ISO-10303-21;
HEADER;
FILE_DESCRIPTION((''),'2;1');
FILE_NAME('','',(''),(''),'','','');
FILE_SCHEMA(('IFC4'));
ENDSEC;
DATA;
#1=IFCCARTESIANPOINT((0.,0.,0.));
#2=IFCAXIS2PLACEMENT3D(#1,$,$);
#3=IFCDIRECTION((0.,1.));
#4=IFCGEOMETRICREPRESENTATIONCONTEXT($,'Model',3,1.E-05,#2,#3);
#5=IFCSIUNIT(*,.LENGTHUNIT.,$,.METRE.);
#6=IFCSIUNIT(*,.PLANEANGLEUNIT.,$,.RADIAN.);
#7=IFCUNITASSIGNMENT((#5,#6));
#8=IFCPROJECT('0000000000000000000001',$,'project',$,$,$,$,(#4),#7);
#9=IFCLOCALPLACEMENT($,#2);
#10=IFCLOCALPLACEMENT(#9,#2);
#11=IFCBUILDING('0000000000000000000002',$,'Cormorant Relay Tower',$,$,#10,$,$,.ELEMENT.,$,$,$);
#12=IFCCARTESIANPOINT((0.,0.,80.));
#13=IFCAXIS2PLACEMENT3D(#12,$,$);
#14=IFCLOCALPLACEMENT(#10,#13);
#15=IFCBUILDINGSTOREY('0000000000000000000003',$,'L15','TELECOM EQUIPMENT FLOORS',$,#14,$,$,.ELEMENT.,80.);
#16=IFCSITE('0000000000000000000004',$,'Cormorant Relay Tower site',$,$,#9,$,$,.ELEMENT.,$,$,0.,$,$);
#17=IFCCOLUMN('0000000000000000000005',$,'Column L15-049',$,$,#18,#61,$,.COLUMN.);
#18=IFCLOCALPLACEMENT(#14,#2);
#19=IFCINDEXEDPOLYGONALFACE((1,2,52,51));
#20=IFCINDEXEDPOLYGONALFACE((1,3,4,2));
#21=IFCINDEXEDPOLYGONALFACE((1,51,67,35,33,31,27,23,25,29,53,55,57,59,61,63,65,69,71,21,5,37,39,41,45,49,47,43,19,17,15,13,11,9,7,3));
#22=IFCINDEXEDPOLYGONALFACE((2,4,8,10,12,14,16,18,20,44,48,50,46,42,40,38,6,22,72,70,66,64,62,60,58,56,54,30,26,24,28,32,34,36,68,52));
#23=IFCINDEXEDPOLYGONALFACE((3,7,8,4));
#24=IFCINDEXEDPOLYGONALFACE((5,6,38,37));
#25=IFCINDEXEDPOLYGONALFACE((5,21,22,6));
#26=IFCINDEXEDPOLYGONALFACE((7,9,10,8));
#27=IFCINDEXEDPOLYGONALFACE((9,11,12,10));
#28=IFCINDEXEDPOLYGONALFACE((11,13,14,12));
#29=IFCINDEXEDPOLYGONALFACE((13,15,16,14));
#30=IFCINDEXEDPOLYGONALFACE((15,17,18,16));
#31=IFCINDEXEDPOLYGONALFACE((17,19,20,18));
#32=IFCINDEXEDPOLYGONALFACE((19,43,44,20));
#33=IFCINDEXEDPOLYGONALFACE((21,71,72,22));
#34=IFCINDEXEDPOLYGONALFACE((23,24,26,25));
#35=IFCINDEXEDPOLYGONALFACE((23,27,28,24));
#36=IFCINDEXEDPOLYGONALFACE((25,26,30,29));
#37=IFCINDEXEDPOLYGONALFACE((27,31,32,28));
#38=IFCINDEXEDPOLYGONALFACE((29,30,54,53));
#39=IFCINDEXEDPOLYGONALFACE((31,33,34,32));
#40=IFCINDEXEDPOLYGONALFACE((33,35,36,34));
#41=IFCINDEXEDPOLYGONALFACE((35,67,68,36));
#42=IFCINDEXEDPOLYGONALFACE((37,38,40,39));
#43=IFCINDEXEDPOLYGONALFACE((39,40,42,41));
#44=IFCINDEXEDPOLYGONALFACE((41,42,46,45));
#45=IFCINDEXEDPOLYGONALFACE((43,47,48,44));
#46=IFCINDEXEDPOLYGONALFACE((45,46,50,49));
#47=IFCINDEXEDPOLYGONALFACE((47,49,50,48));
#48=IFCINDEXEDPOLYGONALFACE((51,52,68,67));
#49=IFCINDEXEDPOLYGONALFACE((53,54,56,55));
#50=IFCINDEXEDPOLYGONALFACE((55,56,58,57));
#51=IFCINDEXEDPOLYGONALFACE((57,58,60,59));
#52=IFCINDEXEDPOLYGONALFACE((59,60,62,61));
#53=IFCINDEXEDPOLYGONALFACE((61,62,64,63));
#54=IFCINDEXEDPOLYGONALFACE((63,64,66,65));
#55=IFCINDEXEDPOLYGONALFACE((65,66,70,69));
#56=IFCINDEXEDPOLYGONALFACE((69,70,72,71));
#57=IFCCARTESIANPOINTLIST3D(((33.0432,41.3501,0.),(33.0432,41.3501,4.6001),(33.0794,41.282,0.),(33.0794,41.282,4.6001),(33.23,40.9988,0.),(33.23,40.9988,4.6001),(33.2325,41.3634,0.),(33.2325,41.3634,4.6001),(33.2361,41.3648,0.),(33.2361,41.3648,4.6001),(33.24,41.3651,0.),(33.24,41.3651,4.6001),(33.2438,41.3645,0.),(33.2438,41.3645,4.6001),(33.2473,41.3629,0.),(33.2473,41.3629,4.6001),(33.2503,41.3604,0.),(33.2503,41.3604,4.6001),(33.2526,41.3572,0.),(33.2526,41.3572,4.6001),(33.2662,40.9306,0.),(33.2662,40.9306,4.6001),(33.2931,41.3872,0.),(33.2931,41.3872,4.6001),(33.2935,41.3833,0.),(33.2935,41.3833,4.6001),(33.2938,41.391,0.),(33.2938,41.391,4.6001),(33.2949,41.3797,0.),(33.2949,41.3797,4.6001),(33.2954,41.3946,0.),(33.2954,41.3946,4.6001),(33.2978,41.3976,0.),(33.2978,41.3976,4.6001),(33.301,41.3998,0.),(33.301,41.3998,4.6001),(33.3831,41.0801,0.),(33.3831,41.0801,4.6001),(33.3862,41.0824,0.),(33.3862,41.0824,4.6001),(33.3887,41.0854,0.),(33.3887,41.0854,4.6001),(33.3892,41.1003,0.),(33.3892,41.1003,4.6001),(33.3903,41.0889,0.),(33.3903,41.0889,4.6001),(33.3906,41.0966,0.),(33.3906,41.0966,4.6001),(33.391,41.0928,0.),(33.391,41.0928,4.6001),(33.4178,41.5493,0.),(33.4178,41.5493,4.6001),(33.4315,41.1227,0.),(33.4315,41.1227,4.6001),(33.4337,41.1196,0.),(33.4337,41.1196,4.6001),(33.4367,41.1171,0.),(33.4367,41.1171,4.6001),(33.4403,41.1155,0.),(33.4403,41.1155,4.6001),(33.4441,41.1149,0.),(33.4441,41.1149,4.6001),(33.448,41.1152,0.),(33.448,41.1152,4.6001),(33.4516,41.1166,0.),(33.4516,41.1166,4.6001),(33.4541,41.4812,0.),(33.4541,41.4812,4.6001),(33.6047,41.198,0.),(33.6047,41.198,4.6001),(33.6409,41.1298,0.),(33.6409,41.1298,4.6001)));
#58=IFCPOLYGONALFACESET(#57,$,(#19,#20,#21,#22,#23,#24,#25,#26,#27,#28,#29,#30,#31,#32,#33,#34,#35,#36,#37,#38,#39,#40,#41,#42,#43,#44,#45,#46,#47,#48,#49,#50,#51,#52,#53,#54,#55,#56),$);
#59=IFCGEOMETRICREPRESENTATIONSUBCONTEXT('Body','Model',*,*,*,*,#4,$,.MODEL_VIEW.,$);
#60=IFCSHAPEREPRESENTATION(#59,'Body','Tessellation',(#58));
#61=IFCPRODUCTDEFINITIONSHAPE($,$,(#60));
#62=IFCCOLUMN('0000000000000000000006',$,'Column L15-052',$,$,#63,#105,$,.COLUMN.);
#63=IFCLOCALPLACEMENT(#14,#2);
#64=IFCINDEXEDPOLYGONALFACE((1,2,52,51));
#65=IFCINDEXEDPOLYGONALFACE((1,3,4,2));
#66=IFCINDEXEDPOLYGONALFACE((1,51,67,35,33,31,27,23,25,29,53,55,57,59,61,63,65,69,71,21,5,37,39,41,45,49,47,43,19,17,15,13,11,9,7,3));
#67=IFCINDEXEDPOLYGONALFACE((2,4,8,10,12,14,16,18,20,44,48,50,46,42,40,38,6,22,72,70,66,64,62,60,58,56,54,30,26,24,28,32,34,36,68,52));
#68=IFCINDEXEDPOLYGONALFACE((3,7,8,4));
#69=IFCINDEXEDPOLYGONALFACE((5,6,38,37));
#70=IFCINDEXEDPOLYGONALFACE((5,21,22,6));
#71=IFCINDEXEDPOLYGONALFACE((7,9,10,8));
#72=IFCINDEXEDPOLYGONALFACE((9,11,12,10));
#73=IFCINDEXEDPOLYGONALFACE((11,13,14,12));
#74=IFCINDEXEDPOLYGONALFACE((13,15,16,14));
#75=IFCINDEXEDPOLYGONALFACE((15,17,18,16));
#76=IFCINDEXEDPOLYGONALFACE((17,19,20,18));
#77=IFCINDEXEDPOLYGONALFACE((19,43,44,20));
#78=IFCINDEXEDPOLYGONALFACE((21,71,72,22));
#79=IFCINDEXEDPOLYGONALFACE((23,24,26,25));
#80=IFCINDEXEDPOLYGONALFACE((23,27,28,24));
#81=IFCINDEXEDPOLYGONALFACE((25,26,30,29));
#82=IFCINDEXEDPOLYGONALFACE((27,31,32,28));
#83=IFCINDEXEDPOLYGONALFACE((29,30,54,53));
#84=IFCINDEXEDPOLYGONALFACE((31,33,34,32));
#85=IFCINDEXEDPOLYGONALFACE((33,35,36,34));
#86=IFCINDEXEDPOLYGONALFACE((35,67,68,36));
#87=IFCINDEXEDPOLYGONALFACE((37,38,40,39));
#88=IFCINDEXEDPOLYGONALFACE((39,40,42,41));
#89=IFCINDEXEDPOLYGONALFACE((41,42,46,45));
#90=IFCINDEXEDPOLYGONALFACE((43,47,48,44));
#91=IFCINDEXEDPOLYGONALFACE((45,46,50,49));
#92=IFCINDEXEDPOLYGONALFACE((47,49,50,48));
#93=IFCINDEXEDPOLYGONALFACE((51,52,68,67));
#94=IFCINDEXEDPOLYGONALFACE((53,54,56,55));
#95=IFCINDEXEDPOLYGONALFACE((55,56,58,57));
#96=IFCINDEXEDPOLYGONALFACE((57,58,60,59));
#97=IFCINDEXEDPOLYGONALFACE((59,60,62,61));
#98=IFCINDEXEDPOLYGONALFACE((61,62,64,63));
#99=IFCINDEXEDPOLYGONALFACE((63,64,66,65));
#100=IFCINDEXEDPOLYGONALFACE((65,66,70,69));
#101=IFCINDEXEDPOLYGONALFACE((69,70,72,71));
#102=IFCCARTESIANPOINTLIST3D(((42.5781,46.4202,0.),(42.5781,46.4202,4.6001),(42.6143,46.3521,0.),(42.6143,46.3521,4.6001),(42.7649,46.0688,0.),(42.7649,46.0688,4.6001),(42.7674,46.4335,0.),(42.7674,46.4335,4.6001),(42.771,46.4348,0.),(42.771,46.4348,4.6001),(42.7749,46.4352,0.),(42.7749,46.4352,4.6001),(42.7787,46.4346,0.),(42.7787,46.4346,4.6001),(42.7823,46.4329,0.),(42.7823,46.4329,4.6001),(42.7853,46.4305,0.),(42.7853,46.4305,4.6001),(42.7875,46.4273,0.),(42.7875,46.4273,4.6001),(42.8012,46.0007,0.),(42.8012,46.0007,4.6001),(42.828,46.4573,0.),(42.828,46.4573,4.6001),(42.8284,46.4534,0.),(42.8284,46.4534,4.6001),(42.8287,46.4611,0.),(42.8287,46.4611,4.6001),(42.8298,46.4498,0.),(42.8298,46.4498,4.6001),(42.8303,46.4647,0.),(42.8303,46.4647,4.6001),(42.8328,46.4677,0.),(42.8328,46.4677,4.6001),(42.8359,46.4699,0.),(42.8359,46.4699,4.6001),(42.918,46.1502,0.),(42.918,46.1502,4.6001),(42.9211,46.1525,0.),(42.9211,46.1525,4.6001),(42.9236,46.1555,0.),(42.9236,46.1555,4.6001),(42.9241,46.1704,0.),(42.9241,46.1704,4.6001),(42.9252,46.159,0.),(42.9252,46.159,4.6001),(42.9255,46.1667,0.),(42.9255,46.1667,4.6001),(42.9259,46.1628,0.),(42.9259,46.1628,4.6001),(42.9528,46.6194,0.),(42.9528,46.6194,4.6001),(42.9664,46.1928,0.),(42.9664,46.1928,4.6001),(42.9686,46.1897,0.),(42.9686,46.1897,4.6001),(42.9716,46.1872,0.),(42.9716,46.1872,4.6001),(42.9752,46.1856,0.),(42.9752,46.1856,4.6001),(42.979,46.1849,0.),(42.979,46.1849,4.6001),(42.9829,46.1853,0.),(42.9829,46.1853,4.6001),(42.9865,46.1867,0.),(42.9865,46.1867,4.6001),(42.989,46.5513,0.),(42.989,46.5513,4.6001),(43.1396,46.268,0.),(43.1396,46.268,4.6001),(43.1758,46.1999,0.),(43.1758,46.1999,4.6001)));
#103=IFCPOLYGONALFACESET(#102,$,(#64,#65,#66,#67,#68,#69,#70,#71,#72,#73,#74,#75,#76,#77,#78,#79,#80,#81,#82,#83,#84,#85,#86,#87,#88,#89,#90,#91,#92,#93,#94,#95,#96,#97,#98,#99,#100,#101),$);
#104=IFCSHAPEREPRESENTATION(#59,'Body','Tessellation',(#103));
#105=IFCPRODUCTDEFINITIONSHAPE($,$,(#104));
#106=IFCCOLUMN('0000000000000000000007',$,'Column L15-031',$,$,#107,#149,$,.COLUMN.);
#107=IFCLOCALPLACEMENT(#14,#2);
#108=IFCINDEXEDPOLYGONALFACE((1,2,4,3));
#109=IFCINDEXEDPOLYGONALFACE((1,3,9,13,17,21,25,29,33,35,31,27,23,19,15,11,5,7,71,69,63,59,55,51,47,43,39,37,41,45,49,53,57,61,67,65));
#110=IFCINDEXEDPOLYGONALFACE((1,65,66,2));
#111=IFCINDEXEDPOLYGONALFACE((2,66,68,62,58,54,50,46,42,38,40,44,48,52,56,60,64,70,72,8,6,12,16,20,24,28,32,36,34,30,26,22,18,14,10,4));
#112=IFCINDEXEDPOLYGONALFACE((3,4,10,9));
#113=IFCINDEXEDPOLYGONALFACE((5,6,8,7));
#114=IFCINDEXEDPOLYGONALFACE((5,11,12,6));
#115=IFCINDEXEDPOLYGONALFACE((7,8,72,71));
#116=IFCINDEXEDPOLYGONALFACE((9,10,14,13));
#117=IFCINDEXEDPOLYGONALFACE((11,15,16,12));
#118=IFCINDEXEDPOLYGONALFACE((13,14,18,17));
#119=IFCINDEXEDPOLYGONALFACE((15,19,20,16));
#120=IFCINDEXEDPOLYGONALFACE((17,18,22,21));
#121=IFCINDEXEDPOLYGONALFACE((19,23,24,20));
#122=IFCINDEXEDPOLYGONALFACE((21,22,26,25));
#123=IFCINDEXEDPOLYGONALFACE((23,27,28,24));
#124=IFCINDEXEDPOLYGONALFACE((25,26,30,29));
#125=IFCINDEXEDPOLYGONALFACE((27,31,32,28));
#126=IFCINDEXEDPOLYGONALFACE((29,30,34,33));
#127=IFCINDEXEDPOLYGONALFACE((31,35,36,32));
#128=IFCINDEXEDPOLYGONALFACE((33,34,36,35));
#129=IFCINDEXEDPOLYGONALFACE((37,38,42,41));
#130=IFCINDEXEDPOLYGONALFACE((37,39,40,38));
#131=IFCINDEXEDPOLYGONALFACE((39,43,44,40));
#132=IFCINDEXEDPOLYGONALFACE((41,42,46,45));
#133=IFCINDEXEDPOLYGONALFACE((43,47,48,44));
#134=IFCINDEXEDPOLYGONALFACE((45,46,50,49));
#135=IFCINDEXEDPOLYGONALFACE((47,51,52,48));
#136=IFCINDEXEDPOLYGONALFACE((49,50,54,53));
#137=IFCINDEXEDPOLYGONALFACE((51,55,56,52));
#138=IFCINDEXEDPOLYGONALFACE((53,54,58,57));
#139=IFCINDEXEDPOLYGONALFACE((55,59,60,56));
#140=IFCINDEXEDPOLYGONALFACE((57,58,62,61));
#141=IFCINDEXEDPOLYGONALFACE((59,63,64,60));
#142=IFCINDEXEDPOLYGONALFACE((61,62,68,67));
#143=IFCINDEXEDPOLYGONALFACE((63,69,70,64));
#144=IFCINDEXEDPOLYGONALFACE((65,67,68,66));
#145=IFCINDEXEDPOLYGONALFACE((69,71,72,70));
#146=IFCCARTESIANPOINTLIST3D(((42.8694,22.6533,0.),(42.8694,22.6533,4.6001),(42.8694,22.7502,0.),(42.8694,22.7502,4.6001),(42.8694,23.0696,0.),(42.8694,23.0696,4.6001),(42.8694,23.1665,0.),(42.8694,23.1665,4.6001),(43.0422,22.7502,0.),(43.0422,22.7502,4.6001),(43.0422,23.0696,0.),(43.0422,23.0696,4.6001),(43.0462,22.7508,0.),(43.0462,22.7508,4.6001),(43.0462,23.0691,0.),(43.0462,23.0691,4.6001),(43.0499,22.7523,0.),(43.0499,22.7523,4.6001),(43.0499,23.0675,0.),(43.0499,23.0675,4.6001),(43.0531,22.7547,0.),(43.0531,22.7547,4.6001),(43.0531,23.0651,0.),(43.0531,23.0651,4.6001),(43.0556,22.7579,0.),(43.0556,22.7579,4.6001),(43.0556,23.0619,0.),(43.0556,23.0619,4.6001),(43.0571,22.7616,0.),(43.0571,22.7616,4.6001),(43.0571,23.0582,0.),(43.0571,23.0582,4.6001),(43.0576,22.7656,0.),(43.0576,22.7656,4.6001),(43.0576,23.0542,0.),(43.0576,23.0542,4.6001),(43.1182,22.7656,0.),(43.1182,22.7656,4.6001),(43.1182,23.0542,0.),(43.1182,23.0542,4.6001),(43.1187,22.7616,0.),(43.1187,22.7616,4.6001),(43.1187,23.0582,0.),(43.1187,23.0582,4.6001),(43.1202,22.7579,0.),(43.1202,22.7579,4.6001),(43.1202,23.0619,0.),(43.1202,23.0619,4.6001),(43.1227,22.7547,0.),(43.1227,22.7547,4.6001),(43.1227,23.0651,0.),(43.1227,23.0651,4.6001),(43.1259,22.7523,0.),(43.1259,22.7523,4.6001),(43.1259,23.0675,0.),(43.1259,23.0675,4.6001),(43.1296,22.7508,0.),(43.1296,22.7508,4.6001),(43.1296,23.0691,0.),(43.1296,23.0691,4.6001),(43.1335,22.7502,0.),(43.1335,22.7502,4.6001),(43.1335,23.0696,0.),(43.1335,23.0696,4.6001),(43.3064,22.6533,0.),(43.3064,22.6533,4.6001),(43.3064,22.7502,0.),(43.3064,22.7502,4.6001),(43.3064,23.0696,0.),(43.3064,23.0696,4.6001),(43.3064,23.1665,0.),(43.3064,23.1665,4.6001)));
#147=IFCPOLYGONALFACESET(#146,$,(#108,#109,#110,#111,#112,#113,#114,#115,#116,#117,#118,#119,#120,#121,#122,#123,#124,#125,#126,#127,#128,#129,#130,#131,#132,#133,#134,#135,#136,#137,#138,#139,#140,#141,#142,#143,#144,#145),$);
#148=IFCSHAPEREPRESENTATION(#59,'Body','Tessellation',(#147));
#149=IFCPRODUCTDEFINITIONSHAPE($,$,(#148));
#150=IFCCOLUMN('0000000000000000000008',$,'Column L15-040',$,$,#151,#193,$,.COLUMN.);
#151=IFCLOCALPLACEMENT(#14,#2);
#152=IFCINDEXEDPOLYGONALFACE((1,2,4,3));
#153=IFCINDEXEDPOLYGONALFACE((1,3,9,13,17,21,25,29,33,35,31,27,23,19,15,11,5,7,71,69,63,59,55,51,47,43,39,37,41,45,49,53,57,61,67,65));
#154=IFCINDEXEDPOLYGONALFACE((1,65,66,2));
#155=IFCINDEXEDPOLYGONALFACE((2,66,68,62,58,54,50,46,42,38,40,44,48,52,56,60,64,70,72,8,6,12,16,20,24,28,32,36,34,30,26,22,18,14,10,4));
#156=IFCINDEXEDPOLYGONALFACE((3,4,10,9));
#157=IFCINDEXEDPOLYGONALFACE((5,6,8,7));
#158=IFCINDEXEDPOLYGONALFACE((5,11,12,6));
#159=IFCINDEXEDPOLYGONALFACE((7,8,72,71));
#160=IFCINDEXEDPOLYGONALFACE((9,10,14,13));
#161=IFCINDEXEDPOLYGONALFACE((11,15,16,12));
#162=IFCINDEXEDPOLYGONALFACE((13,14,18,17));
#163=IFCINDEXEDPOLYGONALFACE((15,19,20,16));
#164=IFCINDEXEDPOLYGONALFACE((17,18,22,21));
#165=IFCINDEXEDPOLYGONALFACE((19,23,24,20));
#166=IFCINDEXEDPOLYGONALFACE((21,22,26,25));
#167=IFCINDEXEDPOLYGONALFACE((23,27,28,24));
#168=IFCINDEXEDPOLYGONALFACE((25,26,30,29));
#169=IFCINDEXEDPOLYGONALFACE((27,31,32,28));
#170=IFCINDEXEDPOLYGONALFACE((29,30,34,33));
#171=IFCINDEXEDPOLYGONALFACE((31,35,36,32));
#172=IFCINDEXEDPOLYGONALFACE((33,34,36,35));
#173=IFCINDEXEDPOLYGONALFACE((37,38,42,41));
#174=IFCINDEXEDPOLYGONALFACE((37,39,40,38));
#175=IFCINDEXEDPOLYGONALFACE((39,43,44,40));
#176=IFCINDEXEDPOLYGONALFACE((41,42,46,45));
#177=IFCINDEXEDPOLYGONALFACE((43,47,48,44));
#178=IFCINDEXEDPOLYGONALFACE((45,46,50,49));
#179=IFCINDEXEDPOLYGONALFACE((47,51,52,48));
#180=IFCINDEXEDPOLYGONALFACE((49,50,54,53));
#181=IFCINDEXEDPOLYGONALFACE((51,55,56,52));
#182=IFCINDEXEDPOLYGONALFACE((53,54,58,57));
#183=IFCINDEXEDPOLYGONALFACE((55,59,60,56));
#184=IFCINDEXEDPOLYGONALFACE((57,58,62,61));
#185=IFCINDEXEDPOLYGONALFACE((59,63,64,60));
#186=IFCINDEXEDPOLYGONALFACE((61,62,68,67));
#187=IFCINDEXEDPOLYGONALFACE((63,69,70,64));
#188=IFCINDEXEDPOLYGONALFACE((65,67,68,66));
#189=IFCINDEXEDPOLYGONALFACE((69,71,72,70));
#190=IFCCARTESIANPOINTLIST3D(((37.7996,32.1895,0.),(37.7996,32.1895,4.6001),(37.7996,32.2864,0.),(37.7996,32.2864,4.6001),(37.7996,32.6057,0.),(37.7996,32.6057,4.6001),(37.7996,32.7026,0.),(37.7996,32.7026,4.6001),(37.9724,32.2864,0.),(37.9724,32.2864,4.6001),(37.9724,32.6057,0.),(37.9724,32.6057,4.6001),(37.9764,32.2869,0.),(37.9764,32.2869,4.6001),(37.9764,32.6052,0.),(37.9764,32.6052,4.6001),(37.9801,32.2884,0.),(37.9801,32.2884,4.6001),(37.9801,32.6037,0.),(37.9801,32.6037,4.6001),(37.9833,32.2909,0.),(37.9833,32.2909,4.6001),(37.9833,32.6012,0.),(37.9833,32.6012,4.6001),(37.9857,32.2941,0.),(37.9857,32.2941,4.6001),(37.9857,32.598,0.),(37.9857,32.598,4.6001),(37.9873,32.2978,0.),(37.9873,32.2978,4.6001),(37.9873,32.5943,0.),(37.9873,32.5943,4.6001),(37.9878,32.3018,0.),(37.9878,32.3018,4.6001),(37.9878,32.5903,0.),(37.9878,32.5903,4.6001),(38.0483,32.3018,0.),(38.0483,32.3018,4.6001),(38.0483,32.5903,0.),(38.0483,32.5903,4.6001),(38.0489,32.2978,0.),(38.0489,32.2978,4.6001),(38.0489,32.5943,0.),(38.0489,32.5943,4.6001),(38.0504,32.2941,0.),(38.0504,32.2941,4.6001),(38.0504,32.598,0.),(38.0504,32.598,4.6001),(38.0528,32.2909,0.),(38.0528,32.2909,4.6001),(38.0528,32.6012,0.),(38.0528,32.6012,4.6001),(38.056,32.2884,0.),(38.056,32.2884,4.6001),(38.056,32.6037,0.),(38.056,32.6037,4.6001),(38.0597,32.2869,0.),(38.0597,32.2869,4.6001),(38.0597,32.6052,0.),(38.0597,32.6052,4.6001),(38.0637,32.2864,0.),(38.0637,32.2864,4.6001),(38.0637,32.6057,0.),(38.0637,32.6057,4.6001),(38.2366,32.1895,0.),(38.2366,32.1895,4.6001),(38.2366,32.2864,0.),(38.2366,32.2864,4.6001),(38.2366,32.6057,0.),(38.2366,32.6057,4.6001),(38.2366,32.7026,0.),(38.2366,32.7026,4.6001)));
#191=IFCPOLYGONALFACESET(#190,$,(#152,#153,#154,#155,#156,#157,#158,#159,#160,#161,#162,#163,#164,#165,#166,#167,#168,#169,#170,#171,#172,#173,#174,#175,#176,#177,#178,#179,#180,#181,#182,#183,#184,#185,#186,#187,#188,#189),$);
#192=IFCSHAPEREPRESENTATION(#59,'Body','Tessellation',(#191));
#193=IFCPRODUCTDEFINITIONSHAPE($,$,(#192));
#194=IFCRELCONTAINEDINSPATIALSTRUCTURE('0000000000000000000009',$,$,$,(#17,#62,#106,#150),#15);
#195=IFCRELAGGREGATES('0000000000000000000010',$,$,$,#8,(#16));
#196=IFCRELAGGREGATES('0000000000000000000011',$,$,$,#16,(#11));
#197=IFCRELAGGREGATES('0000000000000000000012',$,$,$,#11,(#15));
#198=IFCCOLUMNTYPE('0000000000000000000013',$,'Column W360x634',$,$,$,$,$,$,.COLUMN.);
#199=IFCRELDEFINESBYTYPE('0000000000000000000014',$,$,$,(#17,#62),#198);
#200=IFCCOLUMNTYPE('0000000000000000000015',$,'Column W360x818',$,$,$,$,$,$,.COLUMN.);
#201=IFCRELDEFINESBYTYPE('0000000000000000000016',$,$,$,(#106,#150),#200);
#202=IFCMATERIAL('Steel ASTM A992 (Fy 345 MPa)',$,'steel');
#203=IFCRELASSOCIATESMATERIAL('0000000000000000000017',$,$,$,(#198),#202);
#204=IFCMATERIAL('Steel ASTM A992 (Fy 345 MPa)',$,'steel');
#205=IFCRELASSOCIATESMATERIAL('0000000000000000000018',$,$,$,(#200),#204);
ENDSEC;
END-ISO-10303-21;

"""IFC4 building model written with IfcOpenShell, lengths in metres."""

from ifc_helpers import new_model, si_unit, direction, frame, origin, origin_2d, place, context, subcontext, project, spatial, i_section, extrude, material, material_profile, profile_set, type_object, element, save


model = new_model("IFC4")

# Units and contexts
model_context = context("Model", 3, precision=1e-05, world=origin(), true_north=direction((0.0, 1.0)))
body_context = subcontext(model_context, "Body", "Model", "MODEL_VIEW")
ifc_project = project(units=[si_unit("LENGTHUNIT", "METRE"), si_unit("PLANEANGLEUNIT", "RADIAN")], contexts=[model_context])

# Site, building, storey
site_placement = place(None, origin())
site = spatial("IfcSite", under=ifc_project, at=site_placement, Name="Cormorant Relay Tower site", CompositionType="ELEMENT", RefElevation=0.0)
building_placement = place(site_placement, origin())
building = spatial("IfcBuilding", under=site, at=building_placement, Name="Cormorant Relay Tower", CompositionType="ELEMENT")
storey_placement = place(building_placement, frame((0.0, 0.0, 80.0)))
storey = spatial("IfcBuildingStorey", under=building, at=storey_placement, Name="L15", Description="TELECOM EQUIPMENT FLOORS", CompositionType="ELEMENT", Elevation=80.0)

# Columns
ifc_material_1 = material(Name="Steel ASTM A992 (Fy 345 MPa)", Category="steel")
ifc_material_profile_1 = material_profile(ifc_material_1, i_section(OverallWidth=0.4243, OverallDepth=0.4751, WebThickness=0.0479, FlangeThickness=0.0771, FilletRadius=0.0149, at=origin_2d()), Name="W360x634")
ifc_profile_set_1 = profile_set([ifc_material_profile_1], Name="Steel ASTM A992 (Fy 345 MPa)")
column_type_1 = type_object("IfcColumnType", Name="Column W360x634", PredefinedType="COLUMN", material=ifc_profile_set_1)
for number, where, z_axis, x_axis, name in (
    (1, (33.342, 41.24, 0.0), (0.0, 0.0, 1.0), (-0.882948, -0.469472, 0.0), "Column L15-049"),
    (2, (42.877, 46.3101, 0.0), (0.0, 0.0, 1.0), (-0.882948, -0.469472, 0.0), "Column L15-052"),
):
    element("IfcColumn", number, at=place(storey_placement, frame(where, z_axis=z_axis, x_axis=x_axis)), inside=storey, type_object=column_type_1, Name=name, PredefinedType="COLUMN", context=body_context, shape_type="SweptSolid", body=[
        extrude(i_section(OverallWidth=0.4243, OverallDepth=0.4751, WebThickness=0.0479, FlangeThickness=0.0771, FilletRadius=0.0149, at=origin_2d()), origin(), (0.0, 0.0, 1.0), 4.6001),
    ])
ifc_material_2 = material(Name="Steel ASTM A992 (Fy 345 MPa)", Category="steel")
ifc_material_profile_2 = material_profile(ifc_material_2, i_section(OverallWidth=0.437, OverallDepth=0.5132, WebThickness=0.0605, FlangeThickness=0.0969, FilletRadius=0.0154, at=origin_2d()), Name="W360x818")
ifc_profile_set_2 = profile_set([ifc_material_profile_2], Name="Steel ASTM A992 (Fy 345 MPa)")
column_type_2 = type_object("IfcColumnType", Name="Column W360x818", PredefinedType="COLUMN", material=ifc_profile_set_2)
for number, where, z_axis, x_axis, name in (
    (3, (43.0879, 22.9099, 0.0), (0.0, 0.0, 1.0), (1.0, 0.0, 0.0), "Column L15-031"),
    (4, (38.0181, 32.446, 0.0), (0.0, 0.0, 1.0), (1.0, 0.0, 0.0), "Column L15-040"),
):
    element("IfcColumn", number, at=place(storey_placement, frame(where, z_axis=z_axis, x_axis=x_axis)), inside=storey, type_object=column_type_2, Name=name, PredefinedType="COLUMN", context=body_context, shape_type="SweptSolid", body=[
        extrude(i_section(OverallWidth=0.437, OverallDepth=0.5132, WebThickness=0.0605, FlangeThickness=0.0969, FilletRadius=0.0154, at=origin_2d()), origin(), (0.0, 0.0, 1.0), 4.6001),
    ])

save(model, "model.ifc")
